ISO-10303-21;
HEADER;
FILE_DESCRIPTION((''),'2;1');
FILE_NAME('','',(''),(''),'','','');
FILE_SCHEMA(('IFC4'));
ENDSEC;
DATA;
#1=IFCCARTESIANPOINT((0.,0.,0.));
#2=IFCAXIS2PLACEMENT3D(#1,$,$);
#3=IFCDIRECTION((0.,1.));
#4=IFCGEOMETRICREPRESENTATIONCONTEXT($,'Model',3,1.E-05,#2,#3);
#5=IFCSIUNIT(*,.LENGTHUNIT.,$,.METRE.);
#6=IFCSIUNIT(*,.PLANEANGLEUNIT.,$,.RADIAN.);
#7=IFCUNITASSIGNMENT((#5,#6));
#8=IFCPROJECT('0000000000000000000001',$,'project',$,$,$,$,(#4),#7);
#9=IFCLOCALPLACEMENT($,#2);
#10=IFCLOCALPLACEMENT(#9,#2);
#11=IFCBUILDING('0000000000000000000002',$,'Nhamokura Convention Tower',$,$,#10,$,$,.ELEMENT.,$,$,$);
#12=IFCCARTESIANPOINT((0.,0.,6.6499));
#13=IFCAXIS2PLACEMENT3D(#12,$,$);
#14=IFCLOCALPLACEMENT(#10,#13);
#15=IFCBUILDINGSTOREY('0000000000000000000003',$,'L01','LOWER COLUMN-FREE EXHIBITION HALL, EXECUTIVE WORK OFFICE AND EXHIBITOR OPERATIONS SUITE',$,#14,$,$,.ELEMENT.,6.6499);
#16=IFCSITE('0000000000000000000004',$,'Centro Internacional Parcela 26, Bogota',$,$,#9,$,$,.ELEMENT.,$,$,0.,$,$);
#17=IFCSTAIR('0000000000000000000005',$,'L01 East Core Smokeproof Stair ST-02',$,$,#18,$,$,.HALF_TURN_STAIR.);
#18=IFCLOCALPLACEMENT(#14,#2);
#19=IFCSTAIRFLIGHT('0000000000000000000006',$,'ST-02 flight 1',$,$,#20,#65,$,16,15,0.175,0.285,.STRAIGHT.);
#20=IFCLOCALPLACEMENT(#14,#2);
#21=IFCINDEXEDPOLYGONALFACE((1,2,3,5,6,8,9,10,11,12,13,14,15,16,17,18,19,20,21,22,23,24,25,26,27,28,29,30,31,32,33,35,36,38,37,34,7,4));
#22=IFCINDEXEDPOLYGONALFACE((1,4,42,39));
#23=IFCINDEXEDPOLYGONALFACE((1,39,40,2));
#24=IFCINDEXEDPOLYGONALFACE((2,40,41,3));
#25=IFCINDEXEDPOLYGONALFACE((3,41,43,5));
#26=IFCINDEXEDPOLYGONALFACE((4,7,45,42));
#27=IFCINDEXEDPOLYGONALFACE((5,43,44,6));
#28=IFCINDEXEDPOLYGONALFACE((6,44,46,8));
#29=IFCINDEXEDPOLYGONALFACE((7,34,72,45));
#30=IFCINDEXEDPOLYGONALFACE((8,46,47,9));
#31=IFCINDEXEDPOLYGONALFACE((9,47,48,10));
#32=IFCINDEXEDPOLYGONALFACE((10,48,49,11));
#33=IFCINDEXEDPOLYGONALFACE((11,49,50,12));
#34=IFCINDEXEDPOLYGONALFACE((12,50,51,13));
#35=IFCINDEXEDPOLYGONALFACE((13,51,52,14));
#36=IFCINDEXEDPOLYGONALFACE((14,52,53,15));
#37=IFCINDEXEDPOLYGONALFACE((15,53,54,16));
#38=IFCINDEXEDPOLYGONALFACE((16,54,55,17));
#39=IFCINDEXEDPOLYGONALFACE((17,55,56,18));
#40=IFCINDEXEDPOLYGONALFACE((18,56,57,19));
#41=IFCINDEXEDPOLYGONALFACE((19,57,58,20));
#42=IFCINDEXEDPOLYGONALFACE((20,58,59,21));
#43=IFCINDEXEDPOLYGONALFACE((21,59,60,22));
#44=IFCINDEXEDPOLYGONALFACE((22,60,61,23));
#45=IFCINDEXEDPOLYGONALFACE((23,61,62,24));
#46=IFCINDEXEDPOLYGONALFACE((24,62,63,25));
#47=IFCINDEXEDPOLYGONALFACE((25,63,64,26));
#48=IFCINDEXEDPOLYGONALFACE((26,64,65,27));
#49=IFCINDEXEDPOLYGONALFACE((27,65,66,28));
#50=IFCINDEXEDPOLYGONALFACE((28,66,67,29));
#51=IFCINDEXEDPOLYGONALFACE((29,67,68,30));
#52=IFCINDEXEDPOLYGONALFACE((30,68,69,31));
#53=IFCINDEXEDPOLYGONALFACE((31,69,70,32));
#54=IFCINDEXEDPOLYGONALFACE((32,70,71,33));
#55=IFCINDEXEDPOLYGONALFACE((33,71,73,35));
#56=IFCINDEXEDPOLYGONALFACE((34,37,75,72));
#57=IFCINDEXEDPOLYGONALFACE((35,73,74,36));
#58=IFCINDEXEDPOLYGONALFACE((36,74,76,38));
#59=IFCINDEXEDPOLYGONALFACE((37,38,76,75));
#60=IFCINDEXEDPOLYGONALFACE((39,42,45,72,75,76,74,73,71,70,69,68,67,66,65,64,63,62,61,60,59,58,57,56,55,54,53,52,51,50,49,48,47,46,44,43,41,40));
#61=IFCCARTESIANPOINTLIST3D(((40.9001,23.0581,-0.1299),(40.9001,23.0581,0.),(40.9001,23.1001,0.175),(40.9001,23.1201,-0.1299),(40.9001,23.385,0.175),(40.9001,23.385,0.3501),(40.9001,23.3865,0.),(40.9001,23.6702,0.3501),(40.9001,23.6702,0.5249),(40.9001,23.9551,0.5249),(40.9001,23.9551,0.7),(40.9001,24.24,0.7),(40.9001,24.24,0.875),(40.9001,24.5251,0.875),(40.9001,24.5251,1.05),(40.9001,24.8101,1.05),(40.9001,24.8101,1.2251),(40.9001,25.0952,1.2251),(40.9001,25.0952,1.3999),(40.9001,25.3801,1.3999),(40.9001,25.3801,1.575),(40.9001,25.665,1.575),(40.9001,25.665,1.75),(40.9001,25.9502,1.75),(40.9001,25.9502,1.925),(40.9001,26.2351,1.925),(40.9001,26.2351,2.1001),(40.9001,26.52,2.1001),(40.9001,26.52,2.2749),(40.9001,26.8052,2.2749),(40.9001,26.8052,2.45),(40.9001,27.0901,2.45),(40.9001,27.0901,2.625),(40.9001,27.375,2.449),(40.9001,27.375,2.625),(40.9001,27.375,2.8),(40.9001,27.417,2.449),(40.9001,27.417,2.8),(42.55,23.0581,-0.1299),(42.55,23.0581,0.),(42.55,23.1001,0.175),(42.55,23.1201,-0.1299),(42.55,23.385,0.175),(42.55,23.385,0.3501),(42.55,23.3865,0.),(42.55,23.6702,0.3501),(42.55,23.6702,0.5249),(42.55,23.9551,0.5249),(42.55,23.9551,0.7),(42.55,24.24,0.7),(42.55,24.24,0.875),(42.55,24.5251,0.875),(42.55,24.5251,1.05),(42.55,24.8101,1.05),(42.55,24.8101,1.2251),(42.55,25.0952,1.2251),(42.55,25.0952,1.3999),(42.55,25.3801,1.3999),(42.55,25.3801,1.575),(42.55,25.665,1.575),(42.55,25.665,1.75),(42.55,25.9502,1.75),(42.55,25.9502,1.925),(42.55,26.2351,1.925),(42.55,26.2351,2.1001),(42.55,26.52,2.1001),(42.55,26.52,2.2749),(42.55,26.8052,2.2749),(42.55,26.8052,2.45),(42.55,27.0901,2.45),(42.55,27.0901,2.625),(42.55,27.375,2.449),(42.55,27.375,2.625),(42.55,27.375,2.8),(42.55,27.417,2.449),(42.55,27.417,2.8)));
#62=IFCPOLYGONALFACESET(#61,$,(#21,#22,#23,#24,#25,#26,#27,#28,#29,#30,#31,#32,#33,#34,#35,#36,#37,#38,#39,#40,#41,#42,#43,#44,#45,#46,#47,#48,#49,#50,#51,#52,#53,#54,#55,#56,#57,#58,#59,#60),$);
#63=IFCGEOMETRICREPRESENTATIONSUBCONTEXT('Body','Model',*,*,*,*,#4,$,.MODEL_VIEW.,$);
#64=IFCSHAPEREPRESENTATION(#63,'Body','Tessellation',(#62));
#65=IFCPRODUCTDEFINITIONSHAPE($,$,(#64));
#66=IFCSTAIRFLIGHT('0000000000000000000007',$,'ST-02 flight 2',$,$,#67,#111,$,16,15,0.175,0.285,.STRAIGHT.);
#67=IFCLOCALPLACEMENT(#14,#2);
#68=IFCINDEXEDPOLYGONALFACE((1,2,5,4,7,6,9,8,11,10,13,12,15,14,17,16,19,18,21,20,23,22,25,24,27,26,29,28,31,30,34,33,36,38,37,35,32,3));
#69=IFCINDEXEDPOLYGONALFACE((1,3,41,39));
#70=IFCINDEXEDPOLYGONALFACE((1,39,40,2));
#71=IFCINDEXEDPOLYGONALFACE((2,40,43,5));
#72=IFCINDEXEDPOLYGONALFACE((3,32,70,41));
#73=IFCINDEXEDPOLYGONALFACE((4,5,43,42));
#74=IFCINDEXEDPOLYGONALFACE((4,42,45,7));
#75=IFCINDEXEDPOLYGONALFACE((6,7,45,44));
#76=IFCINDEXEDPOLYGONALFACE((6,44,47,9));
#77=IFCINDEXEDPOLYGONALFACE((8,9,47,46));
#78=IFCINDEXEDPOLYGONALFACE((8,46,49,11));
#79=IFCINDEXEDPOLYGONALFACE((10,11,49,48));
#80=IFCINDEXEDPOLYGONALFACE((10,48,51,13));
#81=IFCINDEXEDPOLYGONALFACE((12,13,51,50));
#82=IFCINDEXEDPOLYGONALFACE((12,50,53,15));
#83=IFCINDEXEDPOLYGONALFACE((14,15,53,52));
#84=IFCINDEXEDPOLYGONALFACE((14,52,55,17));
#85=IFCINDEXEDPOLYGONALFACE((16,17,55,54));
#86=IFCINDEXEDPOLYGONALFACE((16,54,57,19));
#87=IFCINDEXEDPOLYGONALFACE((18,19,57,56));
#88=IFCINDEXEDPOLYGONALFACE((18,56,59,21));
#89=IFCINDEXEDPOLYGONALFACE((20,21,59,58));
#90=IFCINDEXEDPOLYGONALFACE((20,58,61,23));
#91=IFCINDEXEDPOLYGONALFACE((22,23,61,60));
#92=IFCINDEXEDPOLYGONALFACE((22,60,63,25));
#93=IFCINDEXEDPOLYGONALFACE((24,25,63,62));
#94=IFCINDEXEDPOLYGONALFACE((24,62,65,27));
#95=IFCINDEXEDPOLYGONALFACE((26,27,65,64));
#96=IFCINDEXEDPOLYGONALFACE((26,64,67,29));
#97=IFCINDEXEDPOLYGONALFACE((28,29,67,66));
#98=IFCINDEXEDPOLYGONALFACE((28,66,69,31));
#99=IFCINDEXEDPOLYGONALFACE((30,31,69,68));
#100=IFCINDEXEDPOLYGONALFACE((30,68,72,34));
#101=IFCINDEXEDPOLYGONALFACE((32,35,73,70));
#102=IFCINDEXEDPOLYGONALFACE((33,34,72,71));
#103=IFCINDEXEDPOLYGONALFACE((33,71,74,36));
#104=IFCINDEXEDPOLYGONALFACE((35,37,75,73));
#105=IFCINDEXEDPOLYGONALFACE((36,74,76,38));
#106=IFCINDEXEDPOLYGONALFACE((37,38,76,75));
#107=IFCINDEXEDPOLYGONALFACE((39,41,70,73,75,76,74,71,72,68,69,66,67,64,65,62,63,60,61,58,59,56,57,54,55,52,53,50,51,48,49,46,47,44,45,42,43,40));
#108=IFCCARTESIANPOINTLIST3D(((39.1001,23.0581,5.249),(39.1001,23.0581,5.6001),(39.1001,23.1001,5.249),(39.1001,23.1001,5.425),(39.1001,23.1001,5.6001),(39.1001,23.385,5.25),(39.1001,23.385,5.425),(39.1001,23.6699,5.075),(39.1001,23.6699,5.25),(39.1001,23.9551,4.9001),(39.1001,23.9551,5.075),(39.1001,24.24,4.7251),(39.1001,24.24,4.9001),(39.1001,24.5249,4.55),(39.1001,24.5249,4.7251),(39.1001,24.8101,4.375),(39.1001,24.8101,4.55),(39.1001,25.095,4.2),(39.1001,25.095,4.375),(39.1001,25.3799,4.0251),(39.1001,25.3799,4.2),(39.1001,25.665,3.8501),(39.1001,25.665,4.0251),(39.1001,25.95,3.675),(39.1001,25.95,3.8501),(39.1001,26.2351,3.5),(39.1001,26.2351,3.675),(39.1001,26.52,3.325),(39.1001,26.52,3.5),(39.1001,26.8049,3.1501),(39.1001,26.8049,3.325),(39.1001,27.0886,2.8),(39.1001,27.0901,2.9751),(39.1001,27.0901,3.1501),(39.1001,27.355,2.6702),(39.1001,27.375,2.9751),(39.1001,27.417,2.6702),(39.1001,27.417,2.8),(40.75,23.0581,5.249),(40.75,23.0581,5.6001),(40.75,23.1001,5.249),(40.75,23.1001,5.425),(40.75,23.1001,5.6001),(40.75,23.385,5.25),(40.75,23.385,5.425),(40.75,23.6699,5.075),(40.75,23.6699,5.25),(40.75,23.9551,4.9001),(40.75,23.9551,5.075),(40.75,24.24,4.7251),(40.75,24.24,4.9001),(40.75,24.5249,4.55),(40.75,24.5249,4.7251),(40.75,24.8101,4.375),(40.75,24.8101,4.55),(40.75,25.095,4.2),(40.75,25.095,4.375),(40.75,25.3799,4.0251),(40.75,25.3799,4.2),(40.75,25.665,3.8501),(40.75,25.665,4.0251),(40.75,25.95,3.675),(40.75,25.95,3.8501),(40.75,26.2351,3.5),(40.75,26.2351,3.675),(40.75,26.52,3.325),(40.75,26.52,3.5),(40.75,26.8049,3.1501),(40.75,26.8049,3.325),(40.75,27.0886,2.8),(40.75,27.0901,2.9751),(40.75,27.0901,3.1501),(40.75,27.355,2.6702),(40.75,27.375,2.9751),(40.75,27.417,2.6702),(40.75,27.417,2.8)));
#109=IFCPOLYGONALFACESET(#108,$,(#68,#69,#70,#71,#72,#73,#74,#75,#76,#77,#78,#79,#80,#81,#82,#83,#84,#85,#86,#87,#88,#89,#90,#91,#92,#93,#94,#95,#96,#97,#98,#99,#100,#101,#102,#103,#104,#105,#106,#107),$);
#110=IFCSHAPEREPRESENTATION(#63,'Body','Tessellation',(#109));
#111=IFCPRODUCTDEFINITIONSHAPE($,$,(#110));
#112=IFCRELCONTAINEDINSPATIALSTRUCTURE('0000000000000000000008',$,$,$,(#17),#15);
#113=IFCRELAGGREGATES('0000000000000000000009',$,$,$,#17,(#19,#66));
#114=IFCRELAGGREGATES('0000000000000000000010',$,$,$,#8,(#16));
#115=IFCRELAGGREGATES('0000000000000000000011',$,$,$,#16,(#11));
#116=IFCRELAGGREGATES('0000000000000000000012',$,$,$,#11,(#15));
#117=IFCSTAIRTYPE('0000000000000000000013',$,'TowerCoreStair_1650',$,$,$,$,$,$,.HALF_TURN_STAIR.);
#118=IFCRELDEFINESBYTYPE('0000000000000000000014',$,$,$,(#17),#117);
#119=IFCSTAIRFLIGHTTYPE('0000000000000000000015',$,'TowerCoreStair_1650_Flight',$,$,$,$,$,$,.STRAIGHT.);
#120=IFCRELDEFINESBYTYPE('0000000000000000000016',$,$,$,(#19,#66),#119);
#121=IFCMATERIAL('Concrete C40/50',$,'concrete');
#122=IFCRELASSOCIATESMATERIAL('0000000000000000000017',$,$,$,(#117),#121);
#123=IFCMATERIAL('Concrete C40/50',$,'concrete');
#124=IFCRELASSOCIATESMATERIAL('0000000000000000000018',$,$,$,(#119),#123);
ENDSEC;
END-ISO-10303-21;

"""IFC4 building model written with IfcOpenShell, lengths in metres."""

from ifc_helpers import new_model, si_unit, direction, frame, origin, place, context, subcontext, project, spatial, polyline, outline, extrude, material, type_object, element, aggregate, save


model = new_model("IFC4")

# Units and contexts
model_context = context("Model", 3, precision=1e-05, world=origin(), true_north=direction((0.0, 1.0)))
body_context = subcontext(model_context, "Body", "Model", "MODEL_VIEW")
ifc_project = project(units=[si_unit("LENGTHUNIT", "METRE"), si_unit("PLANEANGLEUNIT", "RADIAN")], contexts=[model_context])

# Site, building, storey
site_placement = place(None, origin())
site = spatial("IfcSite", under=ifc_project, at=site_placement, Name="Centro Internacional Parcela 26, Bogota", CompositionType="ELEMENT", RefElevation=0.0)
building_placement = place(site_placement, origin())
building = spatial("IfcBuilding", under=site, at=building_placement, Name="Nhamokura Convention Tower", CompositionType="ELEMENT")
storey_placement = place(building_placement, frame((0.0, 0.0, 6.6499)))
storey = spatial("IfcBuildingStorey", under=building, at=storey_placement, Name="L01", Description="LOWER COLUMN-FREE EXHIBITION HALL, EXECUTIVE WORK OFFICE AND EXHIBITOR OPERATIONS SUITE", CompositionType="ELEMENT", Elevation=6.6499)

# Stair, stair flights
ifc_material_1 = material(Name="Concrete C40/50", Category="concrete")
stair_type = type_object("IfcStairType", Name="TowerCoreStair_1650", PredefinedType="HALF_TURN_STAIR", material=ifc_material_1)
stair_placement = place(storey_placement, origin())
stair = element("IfcStair", 1, at=stair_placement, inside=storey, type_object=stair_type, Name="L01 East Core Smokeproof Stair ST-02", PredefinedType="HALF_TURN_STAIR")
ifc_material_2 = material(Name="Concrete C40/50", Category="concrete")
stair_flight_type = type_object("IfcStairFlightType", Name="TowerCoreStair_1650_Flight", PredefinedType="STRAIGHT", material=ifc_material_2)
stair_flight_1_placement = place(storey_placement, frame((41.7251, 23.1001, 0.0), z_axis=(0.0, 0.0, 1.0), x_axis=(0.0, 1.0, 0.0)))
stair_flight_1 = element("IfcStairFlight", 2, at=stair_flight_1_placement, type_object=stair_flight_type, Name="ST-02 flight 1", NumberOfRisers=16, NumberOfTreads=15, PredefinedType="STRAIGHT", RiserHeight=0.175, TreadLength=0.285, context=body_context, shape_type="SweptSolid", body=[
    extrude(outline(polyline([(-0.042, 0.0), (0.0, 0.175), (0.2849, 0.175), (0.2849, 0.3501), (0.5701, 0.3501), (0.5701, 0.5249), (0.855, 0.5249), (0.855, 0.7), (1.1399, 0.7), (1.1399, 0.875), (1.425, 0.875), (1.425, 1.05), (1.71, 1.05), (1.71, 1.2251), (1.9951, 1.2251), (1.9951, 1.3999), (2.28, 1.3999), (2.28, 1.575), (2.5649, 1.575), (2.5649, 1.75), (2.8501, 1.75), (2.8501, 1.925), (3.135, 1.925), (3.135, 2.1001), (3.4199, 2.1001), (3.4199, 2.2749), (3.7051, 2.2749), (3.7051, 2.45), (3.99, 2.45), (3.99, 2.625), (4.2749, 2.625), (4.2749, 2.8), (4.3169, 2.8), (4.3169, 2.449), (4.2749, 2.449), (0.2864, 0.0), (0.02, -0.1299), (-0.042, -0.1299), (-0.042, 0.0)])), frame((0.0, 0.825, 0.0), z_axis=(0.0, -1.0, 0.0), x_axis=(1.0, 0.0, 0.0)), (0.0, 0.0, 1.0), 1.6499),
])
stair_flight_2_placement = place(storey_placement, frame((39.925, 27.375, 2.8), z_axis=(0.0, 0.0, 1.0), x_axis=(0.0, -1.0, 0.0)))
stair_flight_2 = element("IfcStairFlight", 3, at=stair_flight_2_placement, type_object=stair_flight_type, Name="ST-02 flight 2", NumberOfRisers=16, NumberOfTreads=15, PredefinedType="STRAIGHT", RiserHeight=0.175, TreadLength=0.285, context=body_context, shape_type="SweptSolid", body=[
    extrude(outline(polyline([(-0.042, 0.0), (0.0, 0.175), (0.2849, 0.175), (0.2849, 0.3501), (0.5701, 0.3501), (0.5701, 0.5249), (0.855, 0.5249), (0.855, 0.7), (1.1399, 0.7), (1.1399, 0.875), (1.425, 0.875), (1.425, 1.05), (1.71, 1.05), (1.71, 1.2251), (1.9951, 1.2251), (1.9951, 1.3999), (2.28, 1.3999), (2.28, 1.575), (2.5649, 1.575), (2.5649, 1.75), (2.8501, 1.75), (2.8501, 1.925), (3.135, 1.925), (3.135, 2.1001), (3.4199, 2.1001), (3.4199, 2.2749), (3.7051, 2.2749), (3.7051, 2.45), (3.99, 2.45), (3.99, 2.625), (4.2749, 2.625), (4.2749, 2.8), (4.3169, 2.8), (4.3169, 2.449), (4.2749, 2.449), (0.2864, 0.0), (0.02, -0.1299), (-0.042, -0.1299), (-0.042, 0.0)])), frame((0.0, 0.825, 0.0), z_axis=(0.0, -1.0, 0.0), x_axis=(1.0, 0.0, 0.0)), (0.0, 0.0, 1.0), 1.6499),
])
aggregate(stair, [stair_flight_1, stair_flight_2])

save(model, "model.ifc")
